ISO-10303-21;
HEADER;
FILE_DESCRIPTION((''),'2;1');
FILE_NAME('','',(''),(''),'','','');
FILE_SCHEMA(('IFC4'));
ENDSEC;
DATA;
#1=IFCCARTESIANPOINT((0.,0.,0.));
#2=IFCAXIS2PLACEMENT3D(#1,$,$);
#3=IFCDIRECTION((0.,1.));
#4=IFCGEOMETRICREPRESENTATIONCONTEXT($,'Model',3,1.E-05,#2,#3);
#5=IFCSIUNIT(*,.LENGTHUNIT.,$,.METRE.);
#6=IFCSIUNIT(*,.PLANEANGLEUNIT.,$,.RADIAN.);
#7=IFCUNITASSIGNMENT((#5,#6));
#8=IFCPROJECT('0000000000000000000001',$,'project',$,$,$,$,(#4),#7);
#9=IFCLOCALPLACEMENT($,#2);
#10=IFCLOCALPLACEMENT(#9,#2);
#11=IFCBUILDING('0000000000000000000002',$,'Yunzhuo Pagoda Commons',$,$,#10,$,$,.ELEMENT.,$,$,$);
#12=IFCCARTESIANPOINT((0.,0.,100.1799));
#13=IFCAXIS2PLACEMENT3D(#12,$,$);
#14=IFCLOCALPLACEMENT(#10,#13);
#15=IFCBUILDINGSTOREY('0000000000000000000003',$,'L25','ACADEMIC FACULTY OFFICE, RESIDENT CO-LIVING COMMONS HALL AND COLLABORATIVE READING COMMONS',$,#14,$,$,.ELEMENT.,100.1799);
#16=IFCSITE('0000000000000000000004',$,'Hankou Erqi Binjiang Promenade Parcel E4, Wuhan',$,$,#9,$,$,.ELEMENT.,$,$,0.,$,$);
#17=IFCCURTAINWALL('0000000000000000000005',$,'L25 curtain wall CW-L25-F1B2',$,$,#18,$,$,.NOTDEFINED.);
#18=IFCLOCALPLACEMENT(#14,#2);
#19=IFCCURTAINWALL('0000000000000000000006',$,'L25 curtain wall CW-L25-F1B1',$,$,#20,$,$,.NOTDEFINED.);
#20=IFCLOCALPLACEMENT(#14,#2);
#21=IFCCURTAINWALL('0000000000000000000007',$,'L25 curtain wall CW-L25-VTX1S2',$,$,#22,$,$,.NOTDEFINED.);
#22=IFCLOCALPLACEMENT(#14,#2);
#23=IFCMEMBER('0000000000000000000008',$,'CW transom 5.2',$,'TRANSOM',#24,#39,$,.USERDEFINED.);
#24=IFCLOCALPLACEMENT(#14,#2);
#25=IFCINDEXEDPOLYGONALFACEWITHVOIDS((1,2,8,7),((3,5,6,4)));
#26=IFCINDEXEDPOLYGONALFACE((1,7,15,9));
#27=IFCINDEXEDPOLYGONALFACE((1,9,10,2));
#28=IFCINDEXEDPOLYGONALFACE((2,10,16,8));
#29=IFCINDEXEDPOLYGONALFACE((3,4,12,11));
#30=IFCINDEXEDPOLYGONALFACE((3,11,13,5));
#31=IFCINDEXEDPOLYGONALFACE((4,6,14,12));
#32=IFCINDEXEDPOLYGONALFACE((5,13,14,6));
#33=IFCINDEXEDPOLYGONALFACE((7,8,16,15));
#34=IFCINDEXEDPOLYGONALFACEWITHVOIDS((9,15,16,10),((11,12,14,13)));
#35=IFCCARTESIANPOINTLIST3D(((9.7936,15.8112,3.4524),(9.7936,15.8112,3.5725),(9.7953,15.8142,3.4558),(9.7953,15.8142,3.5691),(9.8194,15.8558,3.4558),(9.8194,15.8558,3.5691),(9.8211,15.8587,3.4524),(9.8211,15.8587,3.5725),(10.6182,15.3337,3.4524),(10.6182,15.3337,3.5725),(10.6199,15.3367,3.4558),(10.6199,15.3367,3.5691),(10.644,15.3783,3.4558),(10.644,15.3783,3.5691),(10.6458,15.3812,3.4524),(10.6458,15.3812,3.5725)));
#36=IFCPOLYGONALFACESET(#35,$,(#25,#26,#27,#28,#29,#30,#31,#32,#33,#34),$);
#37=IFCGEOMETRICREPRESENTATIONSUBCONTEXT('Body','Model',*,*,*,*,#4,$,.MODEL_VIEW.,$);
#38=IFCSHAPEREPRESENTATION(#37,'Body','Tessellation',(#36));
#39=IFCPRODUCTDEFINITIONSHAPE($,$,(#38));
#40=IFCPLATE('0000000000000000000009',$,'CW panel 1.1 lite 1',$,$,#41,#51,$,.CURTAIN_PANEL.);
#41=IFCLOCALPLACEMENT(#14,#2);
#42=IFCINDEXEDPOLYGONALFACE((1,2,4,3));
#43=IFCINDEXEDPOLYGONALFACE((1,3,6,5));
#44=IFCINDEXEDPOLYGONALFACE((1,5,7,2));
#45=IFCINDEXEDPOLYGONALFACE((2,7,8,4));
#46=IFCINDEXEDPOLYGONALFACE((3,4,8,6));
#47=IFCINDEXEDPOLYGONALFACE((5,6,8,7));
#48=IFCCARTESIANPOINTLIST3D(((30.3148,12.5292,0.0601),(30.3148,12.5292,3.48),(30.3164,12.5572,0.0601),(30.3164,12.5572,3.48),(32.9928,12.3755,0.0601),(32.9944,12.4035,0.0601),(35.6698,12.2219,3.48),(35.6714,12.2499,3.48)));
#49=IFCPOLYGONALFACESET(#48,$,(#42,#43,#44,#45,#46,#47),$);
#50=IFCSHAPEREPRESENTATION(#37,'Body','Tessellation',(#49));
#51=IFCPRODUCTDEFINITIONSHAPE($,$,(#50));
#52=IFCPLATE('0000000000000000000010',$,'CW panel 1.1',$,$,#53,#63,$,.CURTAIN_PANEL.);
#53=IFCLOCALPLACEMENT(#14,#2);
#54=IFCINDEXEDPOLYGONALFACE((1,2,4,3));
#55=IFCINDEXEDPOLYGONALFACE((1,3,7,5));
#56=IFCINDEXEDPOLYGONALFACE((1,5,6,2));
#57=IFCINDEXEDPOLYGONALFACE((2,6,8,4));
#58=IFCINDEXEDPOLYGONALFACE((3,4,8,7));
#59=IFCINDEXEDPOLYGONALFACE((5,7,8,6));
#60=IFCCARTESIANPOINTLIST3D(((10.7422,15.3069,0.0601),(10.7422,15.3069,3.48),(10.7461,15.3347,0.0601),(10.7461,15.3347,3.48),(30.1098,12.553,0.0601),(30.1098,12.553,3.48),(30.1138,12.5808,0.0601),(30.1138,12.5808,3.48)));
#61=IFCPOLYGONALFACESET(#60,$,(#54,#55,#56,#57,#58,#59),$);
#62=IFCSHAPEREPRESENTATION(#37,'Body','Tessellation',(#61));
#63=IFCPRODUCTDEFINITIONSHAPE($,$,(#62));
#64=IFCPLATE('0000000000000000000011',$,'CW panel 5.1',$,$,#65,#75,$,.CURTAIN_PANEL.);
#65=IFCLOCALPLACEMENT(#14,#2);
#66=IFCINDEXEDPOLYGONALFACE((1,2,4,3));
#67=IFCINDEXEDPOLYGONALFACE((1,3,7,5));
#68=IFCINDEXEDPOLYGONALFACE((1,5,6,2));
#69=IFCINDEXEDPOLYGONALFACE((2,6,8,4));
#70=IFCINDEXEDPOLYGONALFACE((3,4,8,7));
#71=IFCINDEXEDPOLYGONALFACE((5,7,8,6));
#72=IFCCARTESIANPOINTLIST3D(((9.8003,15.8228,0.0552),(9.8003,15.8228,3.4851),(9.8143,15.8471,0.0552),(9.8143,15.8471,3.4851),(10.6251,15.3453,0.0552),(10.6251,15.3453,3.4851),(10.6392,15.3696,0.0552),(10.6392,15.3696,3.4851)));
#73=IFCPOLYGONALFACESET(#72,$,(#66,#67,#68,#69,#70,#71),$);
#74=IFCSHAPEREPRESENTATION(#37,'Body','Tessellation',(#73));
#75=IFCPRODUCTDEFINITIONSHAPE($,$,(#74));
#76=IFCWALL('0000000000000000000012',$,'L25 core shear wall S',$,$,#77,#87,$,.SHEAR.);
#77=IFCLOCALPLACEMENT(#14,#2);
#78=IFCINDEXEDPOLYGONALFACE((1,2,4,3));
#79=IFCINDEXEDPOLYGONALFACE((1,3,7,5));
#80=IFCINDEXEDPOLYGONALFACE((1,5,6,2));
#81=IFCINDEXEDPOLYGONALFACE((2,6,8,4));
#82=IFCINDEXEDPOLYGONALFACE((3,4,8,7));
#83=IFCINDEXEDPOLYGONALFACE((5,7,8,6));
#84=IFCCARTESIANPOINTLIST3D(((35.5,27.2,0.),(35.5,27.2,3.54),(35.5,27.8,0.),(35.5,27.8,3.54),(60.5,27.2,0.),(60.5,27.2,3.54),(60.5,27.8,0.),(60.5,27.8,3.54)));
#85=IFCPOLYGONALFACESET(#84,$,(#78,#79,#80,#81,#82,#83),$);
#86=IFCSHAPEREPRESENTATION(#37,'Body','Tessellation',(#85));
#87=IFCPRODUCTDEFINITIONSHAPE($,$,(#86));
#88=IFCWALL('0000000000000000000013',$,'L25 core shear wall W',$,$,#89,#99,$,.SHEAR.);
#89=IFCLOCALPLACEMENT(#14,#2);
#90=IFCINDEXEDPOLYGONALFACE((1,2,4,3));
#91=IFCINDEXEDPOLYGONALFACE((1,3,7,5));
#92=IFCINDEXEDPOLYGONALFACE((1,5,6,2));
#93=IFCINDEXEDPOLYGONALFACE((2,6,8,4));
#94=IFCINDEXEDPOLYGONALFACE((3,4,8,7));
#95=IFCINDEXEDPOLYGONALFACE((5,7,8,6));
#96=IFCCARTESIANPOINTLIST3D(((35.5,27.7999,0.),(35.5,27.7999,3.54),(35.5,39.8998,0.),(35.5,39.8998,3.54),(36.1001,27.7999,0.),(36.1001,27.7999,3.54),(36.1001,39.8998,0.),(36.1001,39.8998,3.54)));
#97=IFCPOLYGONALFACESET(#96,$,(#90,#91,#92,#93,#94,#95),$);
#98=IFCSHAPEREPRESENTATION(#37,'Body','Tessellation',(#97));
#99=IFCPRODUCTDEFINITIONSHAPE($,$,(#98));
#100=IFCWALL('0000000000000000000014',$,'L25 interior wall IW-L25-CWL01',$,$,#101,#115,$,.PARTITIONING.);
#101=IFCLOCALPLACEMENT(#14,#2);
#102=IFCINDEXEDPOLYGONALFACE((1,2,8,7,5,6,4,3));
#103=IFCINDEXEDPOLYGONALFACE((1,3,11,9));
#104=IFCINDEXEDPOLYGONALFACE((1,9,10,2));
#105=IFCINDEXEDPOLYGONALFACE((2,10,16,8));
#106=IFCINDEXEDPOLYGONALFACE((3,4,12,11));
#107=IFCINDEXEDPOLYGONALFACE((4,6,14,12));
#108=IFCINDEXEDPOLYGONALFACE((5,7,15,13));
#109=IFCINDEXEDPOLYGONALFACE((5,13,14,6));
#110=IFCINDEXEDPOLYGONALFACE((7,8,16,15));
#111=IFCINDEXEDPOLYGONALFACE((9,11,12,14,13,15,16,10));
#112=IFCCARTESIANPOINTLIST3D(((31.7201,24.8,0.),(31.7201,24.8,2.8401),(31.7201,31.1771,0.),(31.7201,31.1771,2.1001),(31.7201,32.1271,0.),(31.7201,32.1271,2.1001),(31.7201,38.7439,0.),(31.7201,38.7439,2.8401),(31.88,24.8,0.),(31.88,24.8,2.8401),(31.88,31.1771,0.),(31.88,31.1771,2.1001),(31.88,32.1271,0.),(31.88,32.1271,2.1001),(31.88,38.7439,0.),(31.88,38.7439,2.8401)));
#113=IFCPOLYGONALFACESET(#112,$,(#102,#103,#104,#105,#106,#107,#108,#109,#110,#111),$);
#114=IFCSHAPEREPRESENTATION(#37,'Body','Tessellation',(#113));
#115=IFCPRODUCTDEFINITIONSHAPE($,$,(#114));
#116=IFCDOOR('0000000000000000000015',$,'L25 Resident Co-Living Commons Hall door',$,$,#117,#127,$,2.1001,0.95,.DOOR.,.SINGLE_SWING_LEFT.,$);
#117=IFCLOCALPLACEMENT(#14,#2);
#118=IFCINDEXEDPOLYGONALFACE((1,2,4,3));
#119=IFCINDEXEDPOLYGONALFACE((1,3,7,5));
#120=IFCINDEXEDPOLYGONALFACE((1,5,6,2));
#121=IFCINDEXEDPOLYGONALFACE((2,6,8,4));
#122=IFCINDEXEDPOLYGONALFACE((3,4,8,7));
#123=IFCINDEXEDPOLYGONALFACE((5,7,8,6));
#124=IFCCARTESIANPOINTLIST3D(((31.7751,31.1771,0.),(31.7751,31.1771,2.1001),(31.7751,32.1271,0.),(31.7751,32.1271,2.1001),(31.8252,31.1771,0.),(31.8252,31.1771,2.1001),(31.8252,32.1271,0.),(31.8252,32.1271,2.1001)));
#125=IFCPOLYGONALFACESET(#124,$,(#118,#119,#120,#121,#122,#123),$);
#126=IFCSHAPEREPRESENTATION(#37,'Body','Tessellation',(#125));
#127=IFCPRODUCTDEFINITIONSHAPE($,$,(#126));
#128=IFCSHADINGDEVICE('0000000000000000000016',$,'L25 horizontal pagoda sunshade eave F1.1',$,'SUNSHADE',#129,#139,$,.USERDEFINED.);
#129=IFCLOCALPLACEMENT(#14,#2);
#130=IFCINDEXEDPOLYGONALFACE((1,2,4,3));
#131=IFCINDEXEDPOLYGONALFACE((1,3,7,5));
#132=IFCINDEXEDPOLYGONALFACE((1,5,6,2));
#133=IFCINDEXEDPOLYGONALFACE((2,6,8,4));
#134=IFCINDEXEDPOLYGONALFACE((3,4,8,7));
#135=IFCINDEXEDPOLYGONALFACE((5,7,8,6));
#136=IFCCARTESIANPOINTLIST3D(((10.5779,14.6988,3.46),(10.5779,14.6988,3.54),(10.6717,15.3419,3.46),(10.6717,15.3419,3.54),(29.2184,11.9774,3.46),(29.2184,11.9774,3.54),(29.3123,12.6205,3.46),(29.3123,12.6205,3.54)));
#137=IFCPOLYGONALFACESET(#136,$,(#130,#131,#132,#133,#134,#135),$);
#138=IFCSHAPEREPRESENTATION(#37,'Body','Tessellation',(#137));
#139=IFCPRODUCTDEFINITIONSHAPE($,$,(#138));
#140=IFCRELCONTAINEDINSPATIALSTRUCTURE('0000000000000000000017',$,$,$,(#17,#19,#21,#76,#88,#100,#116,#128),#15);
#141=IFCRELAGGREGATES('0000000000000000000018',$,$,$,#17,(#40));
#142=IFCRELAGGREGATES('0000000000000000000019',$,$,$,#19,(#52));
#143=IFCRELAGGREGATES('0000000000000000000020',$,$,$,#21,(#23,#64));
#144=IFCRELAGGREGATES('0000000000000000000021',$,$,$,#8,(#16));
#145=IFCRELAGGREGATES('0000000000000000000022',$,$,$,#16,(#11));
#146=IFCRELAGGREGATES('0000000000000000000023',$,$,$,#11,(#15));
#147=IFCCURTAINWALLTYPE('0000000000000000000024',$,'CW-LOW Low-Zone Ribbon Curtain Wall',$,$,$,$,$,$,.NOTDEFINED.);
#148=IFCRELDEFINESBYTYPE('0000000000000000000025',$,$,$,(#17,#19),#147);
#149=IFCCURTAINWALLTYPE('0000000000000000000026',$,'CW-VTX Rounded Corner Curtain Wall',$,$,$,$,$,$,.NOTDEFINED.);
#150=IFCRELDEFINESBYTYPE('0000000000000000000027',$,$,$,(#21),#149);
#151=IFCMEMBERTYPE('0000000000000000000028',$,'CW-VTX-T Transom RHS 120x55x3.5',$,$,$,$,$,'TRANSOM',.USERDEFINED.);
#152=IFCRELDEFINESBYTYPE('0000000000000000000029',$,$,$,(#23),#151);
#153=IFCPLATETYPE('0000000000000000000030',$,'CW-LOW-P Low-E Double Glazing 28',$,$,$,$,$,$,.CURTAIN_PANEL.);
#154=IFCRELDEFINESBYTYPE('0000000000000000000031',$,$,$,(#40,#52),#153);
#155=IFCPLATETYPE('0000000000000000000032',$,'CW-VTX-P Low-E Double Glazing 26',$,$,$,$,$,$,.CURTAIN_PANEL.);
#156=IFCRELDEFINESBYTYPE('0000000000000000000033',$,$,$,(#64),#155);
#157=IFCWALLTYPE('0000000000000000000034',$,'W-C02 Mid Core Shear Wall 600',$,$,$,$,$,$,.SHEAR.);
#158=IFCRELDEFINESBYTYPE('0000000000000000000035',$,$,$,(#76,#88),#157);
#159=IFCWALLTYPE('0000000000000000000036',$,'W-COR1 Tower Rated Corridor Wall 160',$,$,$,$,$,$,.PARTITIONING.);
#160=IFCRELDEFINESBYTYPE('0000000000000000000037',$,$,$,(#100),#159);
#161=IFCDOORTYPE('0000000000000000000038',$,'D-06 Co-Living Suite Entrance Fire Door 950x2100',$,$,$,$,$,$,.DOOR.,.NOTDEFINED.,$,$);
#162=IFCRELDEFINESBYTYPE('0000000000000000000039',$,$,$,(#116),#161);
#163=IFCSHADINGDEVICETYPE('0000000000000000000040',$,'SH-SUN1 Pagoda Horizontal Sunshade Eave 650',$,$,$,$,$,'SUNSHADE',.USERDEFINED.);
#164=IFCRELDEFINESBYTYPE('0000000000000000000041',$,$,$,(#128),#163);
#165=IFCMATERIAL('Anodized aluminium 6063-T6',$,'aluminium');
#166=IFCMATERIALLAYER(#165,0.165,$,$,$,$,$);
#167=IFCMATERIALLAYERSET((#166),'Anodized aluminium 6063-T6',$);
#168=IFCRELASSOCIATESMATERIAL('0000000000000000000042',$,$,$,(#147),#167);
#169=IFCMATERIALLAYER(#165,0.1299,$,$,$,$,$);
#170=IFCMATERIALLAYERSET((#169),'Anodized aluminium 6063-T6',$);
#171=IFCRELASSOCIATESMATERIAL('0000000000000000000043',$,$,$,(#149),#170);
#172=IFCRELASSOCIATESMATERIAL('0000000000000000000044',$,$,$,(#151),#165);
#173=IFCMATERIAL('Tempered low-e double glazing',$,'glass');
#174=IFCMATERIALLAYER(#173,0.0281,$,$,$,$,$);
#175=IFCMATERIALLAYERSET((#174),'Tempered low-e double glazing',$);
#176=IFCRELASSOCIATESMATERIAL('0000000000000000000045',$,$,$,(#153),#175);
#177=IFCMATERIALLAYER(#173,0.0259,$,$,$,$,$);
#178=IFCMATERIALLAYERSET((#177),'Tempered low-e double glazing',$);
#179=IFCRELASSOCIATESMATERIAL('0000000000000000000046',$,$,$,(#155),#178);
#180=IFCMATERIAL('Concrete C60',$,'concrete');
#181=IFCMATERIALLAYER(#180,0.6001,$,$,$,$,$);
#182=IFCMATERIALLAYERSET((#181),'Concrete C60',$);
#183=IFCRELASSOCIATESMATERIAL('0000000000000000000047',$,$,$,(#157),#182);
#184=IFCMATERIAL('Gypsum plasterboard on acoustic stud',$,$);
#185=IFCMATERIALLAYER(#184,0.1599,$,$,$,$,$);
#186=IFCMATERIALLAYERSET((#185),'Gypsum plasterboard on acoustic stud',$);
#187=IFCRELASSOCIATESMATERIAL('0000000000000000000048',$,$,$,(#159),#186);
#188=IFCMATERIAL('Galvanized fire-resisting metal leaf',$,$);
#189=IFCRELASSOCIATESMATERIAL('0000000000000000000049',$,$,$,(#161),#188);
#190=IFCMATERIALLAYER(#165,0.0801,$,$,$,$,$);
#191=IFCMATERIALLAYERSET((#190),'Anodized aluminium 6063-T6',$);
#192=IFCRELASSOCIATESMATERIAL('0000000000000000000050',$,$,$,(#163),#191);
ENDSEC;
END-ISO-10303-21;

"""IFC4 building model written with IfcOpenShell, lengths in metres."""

from ifc_helpers import new_model, si_unit, direction, frame, frame_2d, origin, origin_with_axes, origin_2d, place, context, subcontext, project, spatial, polyline, rectangle, hollow_rectangle, outline, extrude, source, transform, mapped, material, layer, layer_set, material_profile, profile_set, type_object, element, fill, aggregate, save


model = new_model("IFC4")

# Units and contexts
model_context = context("Model", 3, precision=1e-05, world=origin(), true_north=direction((0.0, 1.0)))
body_context = subcontext(model_context, "Body", "Model", "MODEL_VIEW")
ifc_project = project(units=[si_unit("LENGTHUNIT", "METRE"), si_unit("PLANEANGLEUNIT", "RADIAN")], contexts=[model_context])

# Site, building, storey
site_placement = place(None, origin())
site = spatial("IfcSite", under=ifc_project, at=site_placement, Name="Hankou Erqi Binjiang Promenade Parcel E4, Wuhan", CompositionType="ELEMENT", RefElevation=0.0)
building_placement = place(site_placement, origin())
building = spatial("IfcBuilding", under=site, at=building_placement, Name="Yunzhuo Pagoda Commons", CompositionType="ELEMENT")
storey_placement = place(building_placement, frame((0.0, 0.0, 100.1799)))
storey = spatial("IfcBuildingStorey", under=building, at=storey_placement, Name="L25", Description="ACADEMIC FACULTY OFFICE, RESIDENT CO-LIVING COMMONS HALL AND COLLABORATIVE READING COMMONS", CompositionType="ELEMENT", Elevation=100.1799)

# Curtain wall
ifc_material_1 = material(Name="Anodized aluminium 6063-T6", Category="aluminium")
ifc_layer_1 = layer(ifc_material_1, 0.165)
ifc_layer_set_1 = layer_set([ifc_layer_1], Name="Anodized aluminium 6063-T6")
curtain_wall_type_1 = type_object("IfcCurtainWallType", Name="CW-LOW Low-Zone Ribbon Curtain Wall", PredefinedType="NOTDEFINED", material=ifc_layer_set_1)
curtain_wall_1_placement = place(storey_placement, origin())
curtain_wall_1 = element("IfcCurtainWall", 1, at=curtain_wall_1_placement, inside=storey, type_object=curtain_wall_type_1, Name="L25 curtain wall CW-L25-F1B2", PredefinedType="NOTDEFINED")

# Curtain wall
curtain_wall_2_placement = place(storey_placement, origin())
curtain_wall_2 = element("IfcCurtainWall", 2, at=curtain_wall_2_placement, inside=storey, type_object=curtain_wall_type_1, Name="L25 curtain wall CW-L25-F1B1", PredefinedType="NOTDEFINED")

# Curtain wall, member
ifc_layer_2 = layer(ifc_material_1, 0.1299)
ifc_layer_set_2 = layer_set([ifc_layer_2], Name="Anodized aluminium 6063-T6")
curtain_wall_type_2 = type_object("IfcCurtainWallType", Name="CW-VTX Rounded Corner Curtain Wall", PredefinedType="NOTDEFINED", material=ifc_layer_set_2)
curtain_wall_3_placement = place(storey_placement, origin())
curtain_wall_3 = element("IfcCurtainWall", 3, at=curtain_wall_3_placement, inside=storey, type_object=curtain_wall_type_2, Name="L25 curtain wall CW-L25-VTX1S2", PredefinedType="NOTDEFINED")
ifc_material_profile_1 = material_profile(ifc_material_1, hollow_rectangle(XDim=0.0549, YDim=0.1201, WallThickness=0.0034, at=origin_2d()), Name="Anodized aluminium 6063-T6")
ifc_profile_set_1 = profile_set([ifc_material_profile_1], Name="Anodized aluminium 6063-T6")
member_type_1 = type_object("IfcMemberType", Name="CW-VTX-T Transom RHS 120x55x3.5", ElementType="TRANSOM", PredefinedType="USERDEFINED", material=ifc_profile_set_1)
shared_shape_1 = source(origin(), body_context, "Body", "SweptSolid", [
    extrude(hollow_rectangle(XDim=0.0549, YDim=0.1201, WallThickness=0.0034, at=origin_2d()), origin(), (0.0, 0.0, 1.0), 0.9529),
])
member_1_placement = place(storey_placement, frame((9.8074, 15.835, 3.5125), z_axis=(0.865391, -0.501097, 0.0), x_axis=(0.501097, 0.865391, 0.0)))
member_1 = element("IfcMember", 4, at=member_1_placement, type_object=member_type_1, Name="CW transom 5.2", ObjectType="TRANSOM", PredefinedType="USERDEFINED", context=body_context, shape_type="MappedRepresentation", body=[
    mapped(shared_shape_1, transform((0.0, 0.0, 0.0), scale=1.0)),
])

# Plates
ifc_material_2 = material(Name="Tempered low-e double glazing", Category="glass")
ifc_layer_3 = layer(ifc_material_2, 0.0281)
ifc_layer_set_3 = layer_set([ifc_layer_3], Name="Tempered low-e double glazing")
plate_type_1 = type_object("IfcPlateType", Name="CW-LOW-P Low-E Double Glazing 28", PredefinedType="CURTAIN_PANEL", material=ifc_layer_set_3)
plate_1_placement = place(storey_placement, frame((32.9939, 12.4036, 1.77), z_axis=(-0.057299, -0.998357, 0.0), x_axis=(0.998357, -0.057299, 0.0)))
plate_1 = element("IfcPlate", 5, at=plate_1_placement, type_object=plate_type_1, Name="CW panel 1.1 lite 1", PredefinedType="CURTAIN_PANEL", context=body_context, shape_type="SweptSolid", body=[
    extrude(outline(polyline([(-2.6819, -1.71), (0.0005, -1.71), (2.6819, 1.71), (-2.6819, 1.71), (-2.6819, -1.71)])), origin(), (0.0, 0.0, 1.0), 0.0281),
])
aggregate(curtain_wall_1, [plate_1])
shared_shape_2 = source(origin(), body_context, "Body", "SweptSolid", [
    extrude(rectangle(XDim=19.5625, YDim=0.0281, at=origin_2d()), origin(), (0.0, 0.0, 1.0), 3.4199),
])
plate_2_placement = place(storey_placement, frame((20.428, 13.9438, 0.0601), z_axis=(0.0, 0.0, 1.0), x_axis=(0.990042, -0.140774, 0.0)))
plate_2 = element("IfcPlate", 6, at=plate_2_placement, type_object=plate_type_1, Name="CW panel 1.1", PredefinedType="CURTAIN_PANEL", context=body_context, shape_type="MappedRepresentation", body=[
    mapped(shared_shape_2, transform((0.0, 0.0, 0.0), scale=1.0)),
])
aggregate(curtain_wall_2, [plate_2])
ifc_layer_4 = layer(ifc_material_2, 0.0259)
ifc_layer_set_4 = layer_set([ifc_layer_4], Name="Tempered low-e double glazing")
plate_type_2 = type_object("IfcPlateType", Name="CW-VTX-P Low-E Double Glazing 26", PredefinedType="CURTAIN_PANEL", material=ifc_layer_set_4)
shared_shape_3 = source(origin(), body_context, "Body", "SweptSolid", [
    extrude(rectangle(XDim=0.9531, YDim=0.0281, at=origin_2d()), origin(), (0.0, 0.0, 1.0), 3.4299),
])
plate_3_placement = place(storey_placement, frame((10.2197, 15.5962, 0.0552), z_axis=(0.0, 0.0, 1.0), x_axis=(0.865427, -0.501036, 0.0)))
plate_3 = element("IfcPlate", 7, at=plate_3_placement, type_object=plate_type_2, Name="CW panel 5.1", PredefinedType="CURTAIN_PANEL", context=body_context, shape_type="MappedRepresentation", body=[
    mapped(shared_shape_3, transform((0.0, 0.0, 0.0), scale=1.0)),
])
aggregate(curtain_wall_3, [member_1, plate_3])

# Walls
ifc_material_3 = material(Name="Concrete C60", Category="concrete")
ifc_layer_5 = layer(ifc_material_3, 0.6001)
ifc_layer_set_5 = layer_set([ifc_layer_5], Name="Concrete C60")
wall_type_1 = type_object("IfcWallType", Name="W-C02 Mid Core Shear Wall 600", PredefinedType="SHEAR", material=ifc_layer_set_5)
wall_1_placement = place(storey_placement, frame((35.5, 27.5, 0.0), z_axis=(0.0, 0.0, 1.0), x_axis=(1.0, 0.0, 0.0)))
element("IfcWall", 8, at=wall_1_placement, inside=storey, type_object=wall_type_1, Name="L25 core shear wall S", PredefinedType="SHEAR", context=body_context, shape_type="SweptSolid", body=[
    extrude(rectangle(XDim=25.0, YDim=0.6001, at=frame_2d((12.5, 0.0))), origin(), (0.0, 0.0, 1.0), 3.54),
])
wall_2_placement = place(storey_placement, frame((35.8, 27.8, 0.0), z_axis=(0.0, 0.0, 1.0), x_axis=(0.0, 1.0, 0.0)))
element("IfcWall", 9, at=wall_2_placement, inside=storey, type_object=wall_type_1, Name="L25 core shear wall W", PredefinedType="SHEAR", context=body_context, shape_type="SweptSolid", body=[
    extrude(rectangle(XDim=12.0999, YDim=0.6001, at=frame_2d((6.0498, 0.0))), origin(), (0.0, 0.0, 1.0), 3.54),
])

# Wall, opening, door
ifc_material_4 = material(Name="Gypsum plasterboard on acoustic stud")
ifc_layer_6 = layer(ifc_material_4, 0.1599)
ifc_layer_set_6 = layer_set([ifc_layer_6], Name="Gypsum plasterboard on acoustic stud")
wall_type_2 = type_object("IfcWallType", Name="W-COR1 Tower Rated Corridor Wall 160", PredefinedType="PARTITIONING", material=ifc_layer_set_6)
wall_3_placement = place(storey_placement, frame((31.8, 24.8, 0.0), z_axis=(0.0, 0.0, 1.0), x_axis=(0.0, 1.0, 0.0)))
wall_3 = element("IfcWall", 10, at=wall_3_placement, inside=storey, type_object=wall_type_2, Name="L25 interior wall IW-L25-CWL01", PredefinedType="PARTITIONING", context=body_context, shape_type="SweptSolid", body=[
    extrude(rectangle(XDim=13.9438, YDim=0.1599, at=frame_2d((6.9719, 0.0))), origin(), (0.0, 0.0, 1.0), 2.8401),
])
opening_placement = place(wall_3_placement, frame((6.377, 0.0, 0.0)))
opening = element("IfcOpeningElement", 11, at=opening_placement, cuts=wall_3, PredefinedType="OPENING", context=body_context, shape_type="SweptSolid", body=[
    extrude(rectangle(XDim=0.95, YDim=2.1001, at=frame_2d((0.4751, 1.05))), frame((0.0, 0.0898, 0.0), z_axis=(0.0, -1.0, 0.0), x_axis=(1.0, 0.0, 0.0)), (0.0, 0.0, 1.0), 0.1799),
])
ifc_material_5 = material(Name="Galvanized fire-resisting metal leaf")
door_type = type_object("IfcDoorType", Name="D-06 Co-Living Suite Entrance Fire Door 950x2100", OperationType="NOTDEFINED", PredefinedType="DOOR", material=ifc_material_5)
shared_shape_4 = source(origin(), body_context, "Body", "SweptSolid", [
    extrude(rectangle(XDim=0.95, YDim=2.1001, at=frame_2d((0.4751, 1.05))), frame((0.0, 0.0249, 0.0), z_axis=(0.0, -1.0, 0.0), x_axis=(1.0, 0.0, 0.0)), (0.0, 0.0, 1.0), 0.05),
])
door_placement = place(opening_placement, origin_with_axes())
door = element("IfcDoor", 12, at=door_placement, inside=storey, type_object=door_type, Name="L25 Resident Co-Living Commons Hall door", OperationType="SINGLE_SWING_LEFT", OverallHeight=2.1001, OverallWidth=0.95, PredefinedType="DOOR", context=body_context, shape_type="MappedRepresentation", body=[
    mapped(shared_shape_4, transform((0.0, 0.0, 0.0), scale=1.0)),
])
fill(opening, door)

# Shading device
ifc_layer_7 = layer(ifc_material_1, 0.0801)
ifc_layer_set_7 = layer_set([ifc_layer_7], Name="Anodized aluminium 6063-T6")
shading_device_type = type_object("IfcShadingDeviceType", Name="SH-SUN1 Pagoda Horizontal Sunshade Eave 650", ElementType="SUNSHADE", PredefinedType="USERDEFINED", material=ifc_layer_set_7)
shared_shape_5 = source(origin(), body_context, "Body", "SweptSolid", [
    extrude(rectangle(XDim=18.8381, YDim=0.6499, at=origin_2d()), origin(), (0.0, 0.0, 1.0), 0.0801),
])
shading_device_placement = place(storey_placement, frame((19.9451, 13.6597, 3.46), z_axis=(0.0, 0.0, 1.0), x_axis=(0.989511, -0.14446, 0.0)))
element("IfcShadingDevice", 13, at=shading_device_placement, inside=storey, type_object=shading_device_type, Name="L25 horizontal pagoda sunshade eave F1.1", ObjectType="SUNSHADE", PredefinedType="USERDEFINED", context=body_context, shape_type="MappedRepresentation", body=[
    mapped(shared_shape_5, transform((0.0, 0.0, 0.0), scale=1.0)),
])

save(model, "model.ifc")
